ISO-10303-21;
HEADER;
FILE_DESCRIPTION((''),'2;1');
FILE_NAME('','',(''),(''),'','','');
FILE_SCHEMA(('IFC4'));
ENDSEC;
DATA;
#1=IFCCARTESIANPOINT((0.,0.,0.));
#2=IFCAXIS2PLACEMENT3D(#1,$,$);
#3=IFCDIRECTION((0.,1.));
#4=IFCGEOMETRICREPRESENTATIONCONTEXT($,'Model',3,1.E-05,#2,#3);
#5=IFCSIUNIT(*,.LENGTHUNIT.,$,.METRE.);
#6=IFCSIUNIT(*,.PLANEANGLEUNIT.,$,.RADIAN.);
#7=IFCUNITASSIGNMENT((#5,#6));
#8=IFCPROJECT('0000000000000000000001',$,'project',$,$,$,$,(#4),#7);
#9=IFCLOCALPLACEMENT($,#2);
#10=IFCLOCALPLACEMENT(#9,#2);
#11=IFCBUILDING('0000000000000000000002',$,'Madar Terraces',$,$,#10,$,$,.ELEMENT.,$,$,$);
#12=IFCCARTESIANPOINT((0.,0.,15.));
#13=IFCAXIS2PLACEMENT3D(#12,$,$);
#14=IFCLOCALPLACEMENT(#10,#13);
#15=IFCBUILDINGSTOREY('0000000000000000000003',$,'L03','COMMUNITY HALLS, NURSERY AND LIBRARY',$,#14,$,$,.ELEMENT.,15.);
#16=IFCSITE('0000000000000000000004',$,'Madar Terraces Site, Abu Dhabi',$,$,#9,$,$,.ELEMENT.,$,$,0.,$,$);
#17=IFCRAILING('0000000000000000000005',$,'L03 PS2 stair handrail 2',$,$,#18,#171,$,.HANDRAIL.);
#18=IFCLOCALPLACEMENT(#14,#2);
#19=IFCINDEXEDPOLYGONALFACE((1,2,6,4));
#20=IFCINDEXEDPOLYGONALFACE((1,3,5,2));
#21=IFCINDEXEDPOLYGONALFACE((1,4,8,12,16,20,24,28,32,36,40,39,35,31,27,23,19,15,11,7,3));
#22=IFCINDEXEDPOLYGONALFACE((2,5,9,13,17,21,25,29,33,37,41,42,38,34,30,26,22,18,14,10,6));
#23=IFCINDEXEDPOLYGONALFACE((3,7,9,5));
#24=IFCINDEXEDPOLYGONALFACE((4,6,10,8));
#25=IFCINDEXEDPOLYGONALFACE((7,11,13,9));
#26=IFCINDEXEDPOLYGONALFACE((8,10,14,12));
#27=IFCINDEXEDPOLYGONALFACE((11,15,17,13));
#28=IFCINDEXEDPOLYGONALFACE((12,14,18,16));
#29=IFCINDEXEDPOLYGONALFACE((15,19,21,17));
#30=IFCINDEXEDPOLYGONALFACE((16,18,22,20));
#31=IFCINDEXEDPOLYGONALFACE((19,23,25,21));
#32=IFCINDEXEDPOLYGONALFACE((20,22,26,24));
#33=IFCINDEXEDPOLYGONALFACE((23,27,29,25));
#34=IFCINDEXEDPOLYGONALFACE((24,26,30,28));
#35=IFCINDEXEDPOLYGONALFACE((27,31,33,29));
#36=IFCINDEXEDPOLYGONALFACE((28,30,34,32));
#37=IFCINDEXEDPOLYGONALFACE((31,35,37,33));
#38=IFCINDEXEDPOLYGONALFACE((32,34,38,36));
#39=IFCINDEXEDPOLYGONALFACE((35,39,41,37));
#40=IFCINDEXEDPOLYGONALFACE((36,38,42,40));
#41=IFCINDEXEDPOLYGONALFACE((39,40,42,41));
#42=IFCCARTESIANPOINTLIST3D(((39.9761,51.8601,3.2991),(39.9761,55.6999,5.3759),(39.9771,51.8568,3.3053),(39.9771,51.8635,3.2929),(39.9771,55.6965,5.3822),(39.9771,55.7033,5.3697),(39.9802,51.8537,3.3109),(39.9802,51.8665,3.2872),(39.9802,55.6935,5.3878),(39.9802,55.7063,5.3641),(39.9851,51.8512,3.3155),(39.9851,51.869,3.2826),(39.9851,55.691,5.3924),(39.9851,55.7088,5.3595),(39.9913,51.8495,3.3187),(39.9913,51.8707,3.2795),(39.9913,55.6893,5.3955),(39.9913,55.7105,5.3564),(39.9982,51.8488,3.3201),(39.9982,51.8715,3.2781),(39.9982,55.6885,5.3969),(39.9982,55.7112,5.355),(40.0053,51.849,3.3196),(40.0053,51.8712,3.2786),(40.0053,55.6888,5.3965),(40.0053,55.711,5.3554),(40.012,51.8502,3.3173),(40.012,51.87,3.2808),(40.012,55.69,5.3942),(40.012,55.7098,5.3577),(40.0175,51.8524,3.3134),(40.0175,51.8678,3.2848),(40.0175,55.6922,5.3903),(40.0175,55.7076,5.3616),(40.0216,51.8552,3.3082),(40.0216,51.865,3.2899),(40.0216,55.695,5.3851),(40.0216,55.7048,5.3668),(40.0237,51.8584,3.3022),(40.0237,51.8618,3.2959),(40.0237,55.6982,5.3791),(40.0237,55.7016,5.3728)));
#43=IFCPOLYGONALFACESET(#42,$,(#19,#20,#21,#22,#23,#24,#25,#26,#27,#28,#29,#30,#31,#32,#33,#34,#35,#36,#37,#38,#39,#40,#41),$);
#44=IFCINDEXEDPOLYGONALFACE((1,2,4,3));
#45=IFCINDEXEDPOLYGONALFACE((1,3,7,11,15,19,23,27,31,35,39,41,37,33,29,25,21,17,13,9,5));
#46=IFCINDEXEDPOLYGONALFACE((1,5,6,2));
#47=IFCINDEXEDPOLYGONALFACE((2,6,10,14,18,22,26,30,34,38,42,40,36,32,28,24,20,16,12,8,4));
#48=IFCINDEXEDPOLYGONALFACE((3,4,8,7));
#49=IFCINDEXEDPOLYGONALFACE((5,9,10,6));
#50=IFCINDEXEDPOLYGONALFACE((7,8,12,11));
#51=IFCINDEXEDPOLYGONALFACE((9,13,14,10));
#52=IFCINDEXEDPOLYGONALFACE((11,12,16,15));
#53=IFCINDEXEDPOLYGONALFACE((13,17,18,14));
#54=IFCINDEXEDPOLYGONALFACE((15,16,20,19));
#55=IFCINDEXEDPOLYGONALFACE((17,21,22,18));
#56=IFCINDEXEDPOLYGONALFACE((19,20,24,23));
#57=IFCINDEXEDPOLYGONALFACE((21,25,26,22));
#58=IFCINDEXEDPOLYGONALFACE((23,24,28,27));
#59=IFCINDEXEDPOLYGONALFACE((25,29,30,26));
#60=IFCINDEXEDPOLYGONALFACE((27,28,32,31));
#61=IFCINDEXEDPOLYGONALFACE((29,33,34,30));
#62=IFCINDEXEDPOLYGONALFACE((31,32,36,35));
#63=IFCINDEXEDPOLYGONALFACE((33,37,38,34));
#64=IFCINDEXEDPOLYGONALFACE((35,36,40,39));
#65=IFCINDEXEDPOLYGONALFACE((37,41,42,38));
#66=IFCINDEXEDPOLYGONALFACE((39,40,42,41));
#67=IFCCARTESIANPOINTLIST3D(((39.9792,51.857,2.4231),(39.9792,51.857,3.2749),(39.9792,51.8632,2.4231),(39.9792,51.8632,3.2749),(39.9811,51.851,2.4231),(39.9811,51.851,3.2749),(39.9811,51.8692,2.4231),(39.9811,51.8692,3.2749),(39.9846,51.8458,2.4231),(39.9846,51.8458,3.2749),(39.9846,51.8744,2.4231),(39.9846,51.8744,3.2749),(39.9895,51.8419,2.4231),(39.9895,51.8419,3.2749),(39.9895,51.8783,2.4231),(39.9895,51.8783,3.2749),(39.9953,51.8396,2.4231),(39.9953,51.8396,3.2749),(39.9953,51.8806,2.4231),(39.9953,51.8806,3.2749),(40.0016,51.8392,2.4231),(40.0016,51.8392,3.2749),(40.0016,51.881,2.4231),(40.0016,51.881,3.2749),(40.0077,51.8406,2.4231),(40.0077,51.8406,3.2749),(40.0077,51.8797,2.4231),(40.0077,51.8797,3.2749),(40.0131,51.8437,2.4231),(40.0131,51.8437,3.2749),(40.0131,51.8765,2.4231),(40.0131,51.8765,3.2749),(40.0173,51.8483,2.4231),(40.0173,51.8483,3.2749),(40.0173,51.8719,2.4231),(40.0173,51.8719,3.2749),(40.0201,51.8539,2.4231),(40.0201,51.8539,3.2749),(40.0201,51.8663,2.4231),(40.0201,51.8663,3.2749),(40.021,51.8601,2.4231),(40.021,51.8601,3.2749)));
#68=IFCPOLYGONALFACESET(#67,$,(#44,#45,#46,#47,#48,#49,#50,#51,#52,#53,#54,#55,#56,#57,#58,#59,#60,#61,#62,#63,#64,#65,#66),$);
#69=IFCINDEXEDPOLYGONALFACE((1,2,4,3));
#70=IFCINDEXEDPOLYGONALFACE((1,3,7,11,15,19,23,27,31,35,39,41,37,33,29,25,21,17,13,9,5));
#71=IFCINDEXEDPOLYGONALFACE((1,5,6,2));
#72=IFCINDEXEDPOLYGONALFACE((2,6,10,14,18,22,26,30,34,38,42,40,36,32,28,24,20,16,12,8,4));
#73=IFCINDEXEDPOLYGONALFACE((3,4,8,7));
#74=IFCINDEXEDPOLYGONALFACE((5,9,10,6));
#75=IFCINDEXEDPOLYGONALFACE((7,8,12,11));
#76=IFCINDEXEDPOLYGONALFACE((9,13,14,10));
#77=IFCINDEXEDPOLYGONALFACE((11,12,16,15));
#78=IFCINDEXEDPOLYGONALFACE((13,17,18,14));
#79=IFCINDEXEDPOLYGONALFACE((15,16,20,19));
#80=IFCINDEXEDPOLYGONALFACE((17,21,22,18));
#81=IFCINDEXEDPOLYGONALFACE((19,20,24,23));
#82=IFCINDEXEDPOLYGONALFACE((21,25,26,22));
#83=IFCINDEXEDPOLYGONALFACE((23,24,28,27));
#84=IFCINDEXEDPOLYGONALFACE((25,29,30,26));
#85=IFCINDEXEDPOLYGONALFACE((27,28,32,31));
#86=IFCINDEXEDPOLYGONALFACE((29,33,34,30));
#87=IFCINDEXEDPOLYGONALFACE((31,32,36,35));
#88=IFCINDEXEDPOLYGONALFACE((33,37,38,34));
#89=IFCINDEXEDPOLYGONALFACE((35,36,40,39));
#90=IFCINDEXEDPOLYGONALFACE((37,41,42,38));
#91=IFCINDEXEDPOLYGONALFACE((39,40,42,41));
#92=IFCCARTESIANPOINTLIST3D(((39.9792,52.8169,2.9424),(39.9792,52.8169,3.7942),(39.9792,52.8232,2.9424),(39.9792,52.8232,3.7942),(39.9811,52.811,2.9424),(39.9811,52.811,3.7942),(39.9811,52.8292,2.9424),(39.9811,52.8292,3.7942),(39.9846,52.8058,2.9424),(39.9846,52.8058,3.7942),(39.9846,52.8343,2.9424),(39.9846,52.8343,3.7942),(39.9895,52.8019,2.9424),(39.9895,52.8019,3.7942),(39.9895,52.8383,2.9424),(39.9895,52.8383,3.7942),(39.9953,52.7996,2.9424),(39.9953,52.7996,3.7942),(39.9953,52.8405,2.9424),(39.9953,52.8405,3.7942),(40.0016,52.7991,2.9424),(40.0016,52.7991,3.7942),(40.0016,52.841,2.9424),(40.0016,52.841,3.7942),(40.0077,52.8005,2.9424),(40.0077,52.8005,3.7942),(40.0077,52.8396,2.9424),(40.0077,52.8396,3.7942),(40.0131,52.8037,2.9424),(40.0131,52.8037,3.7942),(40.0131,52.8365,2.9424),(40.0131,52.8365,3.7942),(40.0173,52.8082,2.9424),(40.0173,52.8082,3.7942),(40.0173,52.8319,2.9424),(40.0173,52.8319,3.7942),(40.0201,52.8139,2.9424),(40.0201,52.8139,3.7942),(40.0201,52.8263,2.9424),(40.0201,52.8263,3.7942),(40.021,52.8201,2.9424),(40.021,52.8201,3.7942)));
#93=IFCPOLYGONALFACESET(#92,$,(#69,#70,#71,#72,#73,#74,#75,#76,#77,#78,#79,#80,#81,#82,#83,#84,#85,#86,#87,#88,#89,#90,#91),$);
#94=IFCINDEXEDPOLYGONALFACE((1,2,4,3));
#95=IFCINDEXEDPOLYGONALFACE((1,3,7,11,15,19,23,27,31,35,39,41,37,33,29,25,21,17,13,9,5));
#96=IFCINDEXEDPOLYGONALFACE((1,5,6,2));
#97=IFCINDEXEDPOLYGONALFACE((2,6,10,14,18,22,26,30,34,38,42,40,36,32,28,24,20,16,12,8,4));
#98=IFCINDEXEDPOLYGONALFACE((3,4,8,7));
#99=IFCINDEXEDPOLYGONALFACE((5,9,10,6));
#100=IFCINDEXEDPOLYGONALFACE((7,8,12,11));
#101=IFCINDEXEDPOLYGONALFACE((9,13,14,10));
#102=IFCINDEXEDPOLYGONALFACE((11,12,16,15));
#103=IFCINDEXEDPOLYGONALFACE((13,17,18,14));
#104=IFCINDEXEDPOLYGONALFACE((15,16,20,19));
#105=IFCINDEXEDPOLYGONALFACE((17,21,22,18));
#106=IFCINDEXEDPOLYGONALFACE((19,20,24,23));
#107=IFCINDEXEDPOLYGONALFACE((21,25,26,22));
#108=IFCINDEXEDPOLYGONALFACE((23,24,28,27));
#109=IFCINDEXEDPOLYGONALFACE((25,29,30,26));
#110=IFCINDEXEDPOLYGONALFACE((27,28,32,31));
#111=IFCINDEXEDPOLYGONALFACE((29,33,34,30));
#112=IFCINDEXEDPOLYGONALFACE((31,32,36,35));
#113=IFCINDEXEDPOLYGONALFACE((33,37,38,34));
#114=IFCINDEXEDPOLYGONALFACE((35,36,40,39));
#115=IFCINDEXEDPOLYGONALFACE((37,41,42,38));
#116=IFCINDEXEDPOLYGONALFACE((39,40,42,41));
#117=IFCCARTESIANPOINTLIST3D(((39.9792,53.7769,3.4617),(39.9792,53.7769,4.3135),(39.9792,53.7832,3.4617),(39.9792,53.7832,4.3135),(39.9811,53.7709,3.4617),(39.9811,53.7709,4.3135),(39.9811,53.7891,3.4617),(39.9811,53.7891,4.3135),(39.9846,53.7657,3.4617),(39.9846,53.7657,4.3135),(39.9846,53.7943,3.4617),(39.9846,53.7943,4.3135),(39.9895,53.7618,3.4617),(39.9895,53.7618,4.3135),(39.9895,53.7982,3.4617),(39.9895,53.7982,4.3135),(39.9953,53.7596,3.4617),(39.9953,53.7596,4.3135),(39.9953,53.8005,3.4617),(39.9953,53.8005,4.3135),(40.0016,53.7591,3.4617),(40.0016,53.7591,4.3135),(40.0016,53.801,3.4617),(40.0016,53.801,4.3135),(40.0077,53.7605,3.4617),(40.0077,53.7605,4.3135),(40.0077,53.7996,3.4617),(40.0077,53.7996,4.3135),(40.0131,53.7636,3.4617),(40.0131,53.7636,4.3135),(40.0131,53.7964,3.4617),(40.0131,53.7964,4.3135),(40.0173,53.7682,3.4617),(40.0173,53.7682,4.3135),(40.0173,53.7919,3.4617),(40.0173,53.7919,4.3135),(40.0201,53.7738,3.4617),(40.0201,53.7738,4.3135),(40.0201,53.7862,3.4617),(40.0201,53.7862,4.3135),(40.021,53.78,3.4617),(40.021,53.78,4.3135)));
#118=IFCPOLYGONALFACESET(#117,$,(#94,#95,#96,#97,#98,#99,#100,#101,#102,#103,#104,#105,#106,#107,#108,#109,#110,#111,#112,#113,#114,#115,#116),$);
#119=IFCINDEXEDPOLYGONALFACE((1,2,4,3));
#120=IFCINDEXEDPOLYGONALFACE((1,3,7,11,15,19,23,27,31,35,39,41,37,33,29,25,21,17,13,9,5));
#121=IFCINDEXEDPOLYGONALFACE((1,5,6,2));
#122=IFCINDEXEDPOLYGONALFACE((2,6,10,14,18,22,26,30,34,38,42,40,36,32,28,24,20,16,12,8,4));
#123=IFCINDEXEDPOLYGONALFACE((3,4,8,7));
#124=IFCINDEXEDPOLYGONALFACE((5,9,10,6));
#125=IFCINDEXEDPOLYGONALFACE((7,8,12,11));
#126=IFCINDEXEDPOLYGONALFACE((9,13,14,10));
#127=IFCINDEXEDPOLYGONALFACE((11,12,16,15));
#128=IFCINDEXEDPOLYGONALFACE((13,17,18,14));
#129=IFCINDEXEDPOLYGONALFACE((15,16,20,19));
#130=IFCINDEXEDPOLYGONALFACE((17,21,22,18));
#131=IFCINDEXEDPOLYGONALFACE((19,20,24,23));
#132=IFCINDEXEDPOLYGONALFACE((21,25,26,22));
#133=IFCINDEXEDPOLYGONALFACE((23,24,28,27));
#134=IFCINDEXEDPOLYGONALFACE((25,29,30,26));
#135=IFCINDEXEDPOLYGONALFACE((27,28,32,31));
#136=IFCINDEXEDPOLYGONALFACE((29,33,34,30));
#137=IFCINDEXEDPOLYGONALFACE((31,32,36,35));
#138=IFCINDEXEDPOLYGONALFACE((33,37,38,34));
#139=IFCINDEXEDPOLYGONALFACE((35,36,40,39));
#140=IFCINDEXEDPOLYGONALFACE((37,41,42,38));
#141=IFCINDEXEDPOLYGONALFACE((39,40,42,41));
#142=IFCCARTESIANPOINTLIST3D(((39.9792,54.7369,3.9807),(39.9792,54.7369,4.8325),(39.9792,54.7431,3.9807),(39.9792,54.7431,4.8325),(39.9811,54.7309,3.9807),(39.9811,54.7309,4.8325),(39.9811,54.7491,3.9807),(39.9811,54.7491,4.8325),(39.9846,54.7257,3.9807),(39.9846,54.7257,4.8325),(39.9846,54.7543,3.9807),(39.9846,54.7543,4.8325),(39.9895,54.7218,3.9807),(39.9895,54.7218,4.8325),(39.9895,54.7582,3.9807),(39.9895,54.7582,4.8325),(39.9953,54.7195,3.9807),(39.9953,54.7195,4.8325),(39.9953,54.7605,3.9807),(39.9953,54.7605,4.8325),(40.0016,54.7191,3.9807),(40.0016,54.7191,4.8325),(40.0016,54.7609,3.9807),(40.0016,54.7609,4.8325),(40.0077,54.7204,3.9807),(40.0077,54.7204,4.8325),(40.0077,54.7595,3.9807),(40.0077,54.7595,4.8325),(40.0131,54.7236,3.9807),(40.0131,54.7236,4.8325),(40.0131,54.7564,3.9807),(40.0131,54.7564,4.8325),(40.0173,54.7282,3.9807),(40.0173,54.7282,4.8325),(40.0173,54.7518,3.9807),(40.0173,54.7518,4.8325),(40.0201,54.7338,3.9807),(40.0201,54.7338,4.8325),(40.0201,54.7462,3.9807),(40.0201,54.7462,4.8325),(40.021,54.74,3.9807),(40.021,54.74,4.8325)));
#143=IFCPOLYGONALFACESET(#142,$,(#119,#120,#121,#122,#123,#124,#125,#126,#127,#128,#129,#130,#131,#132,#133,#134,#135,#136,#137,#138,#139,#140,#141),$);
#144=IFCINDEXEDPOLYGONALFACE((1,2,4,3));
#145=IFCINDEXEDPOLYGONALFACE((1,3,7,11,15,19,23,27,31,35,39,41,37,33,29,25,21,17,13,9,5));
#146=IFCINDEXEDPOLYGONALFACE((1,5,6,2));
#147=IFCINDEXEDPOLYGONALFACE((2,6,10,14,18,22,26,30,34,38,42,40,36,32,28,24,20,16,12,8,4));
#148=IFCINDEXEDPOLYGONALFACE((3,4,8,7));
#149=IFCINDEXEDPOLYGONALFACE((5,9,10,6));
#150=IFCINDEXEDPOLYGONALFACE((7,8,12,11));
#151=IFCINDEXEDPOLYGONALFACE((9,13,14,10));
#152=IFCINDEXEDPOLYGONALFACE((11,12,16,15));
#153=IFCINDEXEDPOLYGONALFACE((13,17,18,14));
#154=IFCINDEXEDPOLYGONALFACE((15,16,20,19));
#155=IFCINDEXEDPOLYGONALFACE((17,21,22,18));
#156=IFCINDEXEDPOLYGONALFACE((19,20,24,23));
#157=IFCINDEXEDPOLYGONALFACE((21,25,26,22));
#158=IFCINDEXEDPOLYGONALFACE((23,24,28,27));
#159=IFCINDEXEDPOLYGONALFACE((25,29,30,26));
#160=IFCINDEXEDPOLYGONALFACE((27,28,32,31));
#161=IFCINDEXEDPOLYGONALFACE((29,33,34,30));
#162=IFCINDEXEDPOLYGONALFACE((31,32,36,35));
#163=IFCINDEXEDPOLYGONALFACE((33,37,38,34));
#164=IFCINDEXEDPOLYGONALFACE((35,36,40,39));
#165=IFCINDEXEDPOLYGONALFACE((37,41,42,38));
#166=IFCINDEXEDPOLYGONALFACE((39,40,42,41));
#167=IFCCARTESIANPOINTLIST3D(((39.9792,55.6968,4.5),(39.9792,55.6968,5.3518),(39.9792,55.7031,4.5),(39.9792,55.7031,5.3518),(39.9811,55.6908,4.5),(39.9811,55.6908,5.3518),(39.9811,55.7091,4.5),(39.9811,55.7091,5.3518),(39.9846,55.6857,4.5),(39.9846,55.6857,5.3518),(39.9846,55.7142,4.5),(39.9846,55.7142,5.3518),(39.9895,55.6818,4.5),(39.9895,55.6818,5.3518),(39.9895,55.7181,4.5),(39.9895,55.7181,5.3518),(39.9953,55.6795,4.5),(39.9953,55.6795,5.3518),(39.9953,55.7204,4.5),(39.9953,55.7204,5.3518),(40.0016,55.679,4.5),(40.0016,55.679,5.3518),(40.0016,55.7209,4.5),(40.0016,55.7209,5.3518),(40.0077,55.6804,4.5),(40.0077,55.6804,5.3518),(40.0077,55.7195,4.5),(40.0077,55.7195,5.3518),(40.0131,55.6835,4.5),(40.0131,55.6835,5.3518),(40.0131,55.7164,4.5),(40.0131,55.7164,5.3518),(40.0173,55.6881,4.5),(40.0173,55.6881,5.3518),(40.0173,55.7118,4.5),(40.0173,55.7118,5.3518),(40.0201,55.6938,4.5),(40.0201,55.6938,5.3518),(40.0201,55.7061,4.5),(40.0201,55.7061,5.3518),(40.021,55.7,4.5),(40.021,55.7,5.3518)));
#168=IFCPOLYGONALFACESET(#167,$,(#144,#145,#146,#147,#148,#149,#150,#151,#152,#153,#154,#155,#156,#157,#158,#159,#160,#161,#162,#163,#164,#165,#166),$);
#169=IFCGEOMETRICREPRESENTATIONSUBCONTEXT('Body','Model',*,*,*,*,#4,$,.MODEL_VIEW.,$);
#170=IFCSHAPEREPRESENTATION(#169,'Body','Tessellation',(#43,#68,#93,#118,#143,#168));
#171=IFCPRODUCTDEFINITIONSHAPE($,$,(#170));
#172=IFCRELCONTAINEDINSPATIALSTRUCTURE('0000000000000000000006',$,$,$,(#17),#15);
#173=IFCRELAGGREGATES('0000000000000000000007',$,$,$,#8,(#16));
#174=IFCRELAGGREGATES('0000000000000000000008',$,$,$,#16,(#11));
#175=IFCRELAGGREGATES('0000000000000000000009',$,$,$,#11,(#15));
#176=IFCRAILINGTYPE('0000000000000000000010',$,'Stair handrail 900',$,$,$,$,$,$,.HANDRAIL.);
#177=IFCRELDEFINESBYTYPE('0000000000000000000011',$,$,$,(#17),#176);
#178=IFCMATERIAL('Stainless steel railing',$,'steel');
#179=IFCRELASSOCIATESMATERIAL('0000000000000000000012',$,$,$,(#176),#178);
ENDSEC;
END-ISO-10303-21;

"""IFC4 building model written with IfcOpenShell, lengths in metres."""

from ifc_helpers import new_model, si_unit, direction, frame, origin, origin_2d, place, context, subcontext, project, spatial, circle, extrude, material, type_object, element, save


model = new_model("IFC4")

# Units and contexts
model_context = context("Model", 3, precision=1e-05, world=origin(), true_north=direction((0.0, 1.0)))
body_context = subcontext(model_context, "Body", "Model", "MODEL_VIEW")
ifc_project = project(units=[si_unit("LENGTHUNIT", "METRE"), si_unit("PLANEANGLEUNIT", "RADIAN")], contexts=[model_context])

# Site, building, storey
site_placement = place(None, origin())
site = spatial("IfcSite", under=ifc_project, at=site_placement, Name="Madar Terraces Site, Abu Dhabi", CompositionType="ELEMENT", RefElevation=0.0)
building_placement = place(site_placement, origin())
building = spatial("IfcBuilding", under=site, at=building_placement, Name="Madar Terraces", CompositionType="ELEMENT")
storey_placement = place(building_placement, frame((0.0, 0.0, 15.0)))
storey = spatial("IfcBuildingStorey", under=building, at=storey_placement, Name="L03", Description="COMMUNITY HALLS, NURSERY AND LIBRARY", CompositionType="ELEMENT", Elevation=15.0)

# Railing
ifc_material_1 = material(Name="Stainless steel railing", Category="steel")
railing_type_1 = type_object("IfcRailingType", Name="Stair handrail 900", PredefinedType="HANDRAIL", material=ifc_material_1)
railing_1_placement = place(storey_placement, frame((40.0, 51.8601, 2.4231)))
element("IfcRailing", 1, at=railing_1_placement, inside=storey, type_object=railing_type_1, Name="L03 PS2 stair handrail 2", PredefinedType="HANDRAIL", context=body_context, shape_type="SweptSolid", body=[
    extrude(circle(Radius=0.0239, at=origin_2d()), frame((0.0, 0.0, 0.876), z_axis=(0.0, 0.879581, 0.47575), x_axis=(-1.0, 0.0, 0.0)), (0.0, 0.0, 1.0), 4.3655),
    extrude(circle(Radius=0.021, at=origin_2d()), origin(), (0.0, 0.0, 1.0), 0.8518),
    extrude(circle(Radius=0.021, at=origin_2d()), frame((0.0, 0.96, 0.5193)), (0.0, 0.0, 1.0), 0.8518),
    extrude(circle(Radius=0.021, at=origin_2d()), frame((0.0, 1.9199, 1.0386)), (0.0, 0.0, 1.0), 0.8518),
    extrude(circle(Radius=0.021, at=origin_2d()), frame((0.0, 2.8799, 1.5576)), (0.0, 0.0, 1.0), 0.8518),
    extrude(circle(Radius=0.021, at=origin_2d()), frame((0.0, 3.8398, 2.0769)), (0.0, 0.0, 1.0), 0.8518),
])

save(model, "model.ifc")
